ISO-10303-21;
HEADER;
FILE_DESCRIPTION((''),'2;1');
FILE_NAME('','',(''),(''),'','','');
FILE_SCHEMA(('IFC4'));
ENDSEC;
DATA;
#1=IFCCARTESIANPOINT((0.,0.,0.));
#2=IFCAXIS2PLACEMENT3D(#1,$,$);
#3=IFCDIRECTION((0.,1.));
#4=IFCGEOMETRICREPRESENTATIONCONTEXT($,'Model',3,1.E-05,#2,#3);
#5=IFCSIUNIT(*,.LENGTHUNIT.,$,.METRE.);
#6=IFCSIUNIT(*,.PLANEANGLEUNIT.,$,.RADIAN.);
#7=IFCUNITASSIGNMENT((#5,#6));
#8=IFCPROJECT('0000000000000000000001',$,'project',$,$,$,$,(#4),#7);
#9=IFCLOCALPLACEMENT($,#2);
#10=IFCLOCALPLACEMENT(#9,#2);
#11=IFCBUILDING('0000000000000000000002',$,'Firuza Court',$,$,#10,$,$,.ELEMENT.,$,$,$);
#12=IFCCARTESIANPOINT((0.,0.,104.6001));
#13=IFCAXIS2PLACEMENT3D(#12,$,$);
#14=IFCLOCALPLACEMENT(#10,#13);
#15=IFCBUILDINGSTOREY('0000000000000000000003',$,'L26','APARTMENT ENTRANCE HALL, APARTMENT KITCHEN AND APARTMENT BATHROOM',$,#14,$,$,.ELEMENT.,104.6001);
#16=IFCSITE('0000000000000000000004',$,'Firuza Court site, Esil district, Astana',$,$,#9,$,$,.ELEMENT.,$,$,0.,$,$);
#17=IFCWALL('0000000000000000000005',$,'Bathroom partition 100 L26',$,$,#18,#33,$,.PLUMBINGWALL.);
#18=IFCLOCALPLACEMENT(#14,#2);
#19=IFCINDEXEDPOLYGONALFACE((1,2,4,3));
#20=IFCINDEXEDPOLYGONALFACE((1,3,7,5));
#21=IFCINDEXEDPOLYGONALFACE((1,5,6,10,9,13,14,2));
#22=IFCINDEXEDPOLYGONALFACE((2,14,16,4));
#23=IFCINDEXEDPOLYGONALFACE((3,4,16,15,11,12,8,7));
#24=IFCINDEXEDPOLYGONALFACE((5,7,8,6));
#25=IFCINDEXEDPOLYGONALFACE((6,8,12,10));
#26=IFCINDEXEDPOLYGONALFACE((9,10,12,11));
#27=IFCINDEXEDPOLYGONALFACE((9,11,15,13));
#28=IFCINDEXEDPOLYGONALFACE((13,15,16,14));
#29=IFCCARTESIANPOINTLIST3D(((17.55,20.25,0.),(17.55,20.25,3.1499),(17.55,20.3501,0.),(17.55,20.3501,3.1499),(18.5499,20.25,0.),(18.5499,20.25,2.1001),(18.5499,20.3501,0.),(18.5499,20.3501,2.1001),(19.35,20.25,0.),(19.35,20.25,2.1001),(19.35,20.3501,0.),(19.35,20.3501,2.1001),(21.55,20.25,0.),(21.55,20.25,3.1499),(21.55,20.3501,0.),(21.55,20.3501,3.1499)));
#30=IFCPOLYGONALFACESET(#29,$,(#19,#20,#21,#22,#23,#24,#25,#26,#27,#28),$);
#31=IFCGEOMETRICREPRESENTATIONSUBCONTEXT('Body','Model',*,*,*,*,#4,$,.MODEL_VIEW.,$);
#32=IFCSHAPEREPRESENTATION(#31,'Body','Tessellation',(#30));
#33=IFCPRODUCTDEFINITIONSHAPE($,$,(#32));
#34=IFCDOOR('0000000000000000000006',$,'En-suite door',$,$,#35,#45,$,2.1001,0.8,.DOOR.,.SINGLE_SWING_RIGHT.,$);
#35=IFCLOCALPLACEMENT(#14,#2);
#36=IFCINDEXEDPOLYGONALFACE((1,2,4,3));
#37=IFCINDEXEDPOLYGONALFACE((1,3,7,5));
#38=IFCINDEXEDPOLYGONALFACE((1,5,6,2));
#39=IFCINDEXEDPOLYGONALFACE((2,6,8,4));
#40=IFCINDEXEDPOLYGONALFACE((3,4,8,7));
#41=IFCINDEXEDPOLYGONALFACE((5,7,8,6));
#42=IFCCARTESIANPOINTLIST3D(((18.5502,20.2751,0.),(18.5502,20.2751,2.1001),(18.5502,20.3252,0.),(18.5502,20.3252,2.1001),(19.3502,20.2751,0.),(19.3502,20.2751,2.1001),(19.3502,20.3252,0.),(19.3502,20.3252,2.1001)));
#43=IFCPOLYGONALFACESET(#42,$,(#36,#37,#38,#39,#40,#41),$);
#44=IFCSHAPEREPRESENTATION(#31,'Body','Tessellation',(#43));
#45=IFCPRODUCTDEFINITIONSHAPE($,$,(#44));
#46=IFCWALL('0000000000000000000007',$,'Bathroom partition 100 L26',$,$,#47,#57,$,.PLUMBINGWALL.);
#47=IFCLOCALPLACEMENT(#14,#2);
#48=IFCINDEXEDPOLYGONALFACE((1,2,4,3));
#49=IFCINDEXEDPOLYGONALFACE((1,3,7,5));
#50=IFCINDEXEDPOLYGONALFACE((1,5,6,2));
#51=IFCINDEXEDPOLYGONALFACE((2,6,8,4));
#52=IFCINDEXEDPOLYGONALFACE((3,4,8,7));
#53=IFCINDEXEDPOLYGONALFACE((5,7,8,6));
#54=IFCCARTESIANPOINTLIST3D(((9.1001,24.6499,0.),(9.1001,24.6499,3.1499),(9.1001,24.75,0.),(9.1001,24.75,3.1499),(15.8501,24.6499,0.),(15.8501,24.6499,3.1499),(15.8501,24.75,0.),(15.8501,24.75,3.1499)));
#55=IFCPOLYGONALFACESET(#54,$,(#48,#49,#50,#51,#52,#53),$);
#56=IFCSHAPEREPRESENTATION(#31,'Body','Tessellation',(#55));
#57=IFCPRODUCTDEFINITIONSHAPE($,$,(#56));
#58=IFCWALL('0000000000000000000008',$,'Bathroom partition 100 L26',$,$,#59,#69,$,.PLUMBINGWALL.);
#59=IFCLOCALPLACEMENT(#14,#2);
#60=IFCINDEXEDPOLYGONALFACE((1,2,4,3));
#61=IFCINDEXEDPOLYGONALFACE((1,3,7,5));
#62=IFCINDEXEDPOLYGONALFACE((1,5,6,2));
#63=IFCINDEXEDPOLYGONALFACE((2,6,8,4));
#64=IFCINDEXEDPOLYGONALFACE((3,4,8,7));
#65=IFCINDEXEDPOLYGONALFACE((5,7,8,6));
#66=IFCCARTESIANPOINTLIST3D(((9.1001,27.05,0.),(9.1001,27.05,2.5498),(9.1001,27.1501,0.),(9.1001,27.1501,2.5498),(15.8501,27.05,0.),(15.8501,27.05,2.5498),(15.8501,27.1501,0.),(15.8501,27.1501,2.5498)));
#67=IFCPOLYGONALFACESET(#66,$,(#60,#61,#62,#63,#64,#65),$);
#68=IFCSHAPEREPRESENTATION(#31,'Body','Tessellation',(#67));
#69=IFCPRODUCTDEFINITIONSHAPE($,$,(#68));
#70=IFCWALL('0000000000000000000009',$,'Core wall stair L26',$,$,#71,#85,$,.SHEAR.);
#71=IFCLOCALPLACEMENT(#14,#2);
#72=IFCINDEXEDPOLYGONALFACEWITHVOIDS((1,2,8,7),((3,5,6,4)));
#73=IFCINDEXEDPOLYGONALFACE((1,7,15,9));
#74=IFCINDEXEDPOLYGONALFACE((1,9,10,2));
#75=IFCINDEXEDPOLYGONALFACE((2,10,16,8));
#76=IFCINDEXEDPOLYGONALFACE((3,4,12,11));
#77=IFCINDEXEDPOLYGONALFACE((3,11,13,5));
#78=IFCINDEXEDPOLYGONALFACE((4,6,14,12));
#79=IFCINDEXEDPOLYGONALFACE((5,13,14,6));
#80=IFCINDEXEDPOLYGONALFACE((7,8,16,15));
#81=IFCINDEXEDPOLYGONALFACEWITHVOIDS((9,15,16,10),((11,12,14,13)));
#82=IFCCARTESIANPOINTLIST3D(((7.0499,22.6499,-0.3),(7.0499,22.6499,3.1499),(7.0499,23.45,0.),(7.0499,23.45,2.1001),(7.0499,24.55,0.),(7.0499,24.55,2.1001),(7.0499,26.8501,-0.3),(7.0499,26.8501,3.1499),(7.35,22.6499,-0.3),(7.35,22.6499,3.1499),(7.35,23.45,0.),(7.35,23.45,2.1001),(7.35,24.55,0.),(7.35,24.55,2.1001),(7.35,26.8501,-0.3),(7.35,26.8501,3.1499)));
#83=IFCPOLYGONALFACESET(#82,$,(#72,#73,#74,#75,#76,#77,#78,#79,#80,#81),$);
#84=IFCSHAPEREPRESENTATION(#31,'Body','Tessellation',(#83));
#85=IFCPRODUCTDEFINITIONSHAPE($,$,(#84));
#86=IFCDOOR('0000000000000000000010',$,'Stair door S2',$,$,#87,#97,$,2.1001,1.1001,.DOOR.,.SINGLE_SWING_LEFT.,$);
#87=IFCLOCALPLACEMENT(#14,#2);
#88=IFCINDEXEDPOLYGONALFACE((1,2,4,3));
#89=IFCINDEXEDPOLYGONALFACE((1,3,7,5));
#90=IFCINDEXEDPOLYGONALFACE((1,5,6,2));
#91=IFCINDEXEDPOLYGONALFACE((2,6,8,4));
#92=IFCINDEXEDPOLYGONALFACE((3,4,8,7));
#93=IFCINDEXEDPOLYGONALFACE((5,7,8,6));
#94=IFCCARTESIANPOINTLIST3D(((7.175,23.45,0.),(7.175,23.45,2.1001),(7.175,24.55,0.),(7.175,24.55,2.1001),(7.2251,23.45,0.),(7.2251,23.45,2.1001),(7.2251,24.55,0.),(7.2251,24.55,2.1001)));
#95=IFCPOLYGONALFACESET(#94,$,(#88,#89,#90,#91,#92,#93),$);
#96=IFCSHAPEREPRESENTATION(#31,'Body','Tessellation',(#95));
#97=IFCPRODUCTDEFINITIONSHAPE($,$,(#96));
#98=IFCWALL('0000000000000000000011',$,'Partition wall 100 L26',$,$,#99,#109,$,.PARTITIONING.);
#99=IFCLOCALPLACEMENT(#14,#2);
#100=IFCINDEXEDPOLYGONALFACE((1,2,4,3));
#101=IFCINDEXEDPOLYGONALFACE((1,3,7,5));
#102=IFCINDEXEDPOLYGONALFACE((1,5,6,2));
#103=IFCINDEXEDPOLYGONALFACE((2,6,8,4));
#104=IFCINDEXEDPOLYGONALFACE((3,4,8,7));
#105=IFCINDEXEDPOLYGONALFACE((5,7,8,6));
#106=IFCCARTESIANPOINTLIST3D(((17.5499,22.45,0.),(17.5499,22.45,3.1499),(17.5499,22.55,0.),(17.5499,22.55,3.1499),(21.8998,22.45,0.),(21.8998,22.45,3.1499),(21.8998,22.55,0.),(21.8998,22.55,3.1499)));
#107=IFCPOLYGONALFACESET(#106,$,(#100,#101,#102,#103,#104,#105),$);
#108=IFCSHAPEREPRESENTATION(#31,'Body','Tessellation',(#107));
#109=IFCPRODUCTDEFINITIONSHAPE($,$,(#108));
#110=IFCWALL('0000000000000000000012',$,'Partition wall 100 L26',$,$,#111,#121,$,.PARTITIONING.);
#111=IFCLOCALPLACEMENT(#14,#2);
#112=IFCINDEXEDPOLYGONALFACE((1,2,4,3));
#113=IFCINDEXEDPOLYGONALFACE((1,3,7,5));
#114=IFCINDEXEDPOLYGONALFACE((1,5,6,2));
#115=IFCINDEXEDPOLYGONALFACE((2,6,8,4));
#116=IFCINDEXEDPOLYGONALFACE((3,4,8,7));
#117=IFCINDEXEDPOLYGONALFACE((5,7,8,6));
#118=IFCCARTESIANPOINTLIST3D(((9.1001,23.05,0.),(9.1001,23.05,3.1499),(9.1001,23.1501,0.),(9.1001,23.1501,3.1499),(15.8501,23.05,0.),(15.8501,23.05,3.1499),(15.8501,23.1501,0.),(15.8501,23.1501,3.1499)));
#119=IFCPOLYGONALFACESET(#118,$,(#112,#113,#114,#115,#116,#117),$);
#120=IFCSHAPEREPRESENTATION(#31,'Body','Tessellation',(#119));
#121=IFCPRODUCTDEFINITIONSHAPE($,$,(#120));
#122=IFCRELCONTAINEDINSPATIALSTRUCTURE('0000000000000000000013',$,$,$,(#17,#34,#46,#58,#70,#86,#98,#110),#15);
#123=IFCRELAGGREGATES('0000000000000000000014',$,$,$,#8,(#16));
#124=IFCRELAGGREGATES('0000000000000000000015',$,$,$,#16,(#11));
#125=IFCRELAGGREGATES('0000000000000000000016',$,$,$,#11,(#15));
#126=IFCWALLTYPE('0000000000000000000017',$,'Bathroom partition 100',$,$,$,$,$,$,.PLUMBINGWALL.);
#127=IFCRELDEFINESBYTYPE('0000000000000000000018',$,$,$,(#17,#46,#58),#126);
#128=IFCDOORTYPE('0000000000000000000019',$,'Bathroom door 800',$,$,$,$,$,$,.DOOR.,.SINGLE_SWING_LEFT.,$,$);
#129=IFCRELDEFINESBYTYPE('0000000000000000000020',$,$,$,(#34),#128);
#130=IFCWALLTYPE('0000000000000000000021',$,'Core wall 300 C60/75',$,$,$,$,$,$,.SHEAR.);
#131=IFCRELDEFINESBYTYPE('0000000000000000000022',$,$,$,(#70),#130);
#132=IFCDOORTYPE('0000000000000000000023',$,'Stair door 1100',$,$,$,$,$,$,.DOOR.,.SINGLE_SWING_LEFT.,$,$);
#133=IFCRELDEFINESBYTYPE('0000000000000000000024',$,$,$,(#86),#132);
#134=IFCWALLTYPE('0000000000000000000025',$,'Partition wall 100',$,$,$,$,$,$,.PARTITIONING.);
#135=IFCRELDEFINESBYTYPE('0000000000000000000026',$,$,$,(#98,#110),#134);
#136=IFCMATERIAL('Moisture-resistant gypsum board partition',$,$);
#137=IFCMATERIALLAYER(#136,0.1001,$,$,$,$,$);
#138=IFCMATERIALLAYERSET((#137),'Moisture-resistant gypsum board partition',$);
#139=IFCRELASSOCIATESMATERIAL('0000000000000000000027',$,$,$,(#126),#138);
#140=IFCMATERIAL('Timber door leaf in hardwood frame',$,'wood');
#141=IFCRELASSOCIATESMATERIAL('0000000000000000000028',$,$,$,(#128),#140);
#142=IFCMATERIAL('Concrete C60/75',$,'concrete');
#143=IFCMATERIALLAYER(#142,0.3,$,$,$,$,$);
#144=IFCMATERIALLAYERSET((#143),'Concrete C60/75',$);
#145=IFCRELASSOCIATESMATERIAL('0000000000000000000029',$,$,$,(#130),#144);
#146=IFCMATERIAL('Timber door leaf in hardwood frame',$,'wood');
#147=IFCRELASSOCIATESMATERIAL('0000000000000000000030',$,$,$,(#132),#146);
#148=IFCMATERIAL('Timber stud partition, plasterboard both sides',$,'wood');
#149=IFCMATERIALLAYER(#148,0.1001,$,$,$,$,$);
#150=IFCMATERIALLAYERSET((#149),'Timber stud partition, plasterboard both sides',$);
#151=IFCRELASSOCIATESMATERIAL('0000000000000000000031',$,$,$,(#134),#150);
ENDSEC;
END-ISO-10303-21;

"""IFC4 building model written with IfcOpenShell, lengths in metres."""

from ifc_helpers import new_model, si_unit, direction, frame, frame_2d, origin, place, context, subcontext, project, spatial, rectangle, extrude, material, layer, layer_set, type_object, element, fill, save


model = new_model("IFC4")

# Units and contexts
model_context = context("Model", 3, precision=1e-05, world=origin(), true_north=direction((0.0, 1.0)))
body_context = subcontext(model_context, "Body", "Model", "MODEL_VIEW")
ifc_project = project(units=[si_unit("LENGTHUNIT", "METRE"), si_unit("PLANEANGLEUNIT", "RADIAN")], contexts=[model_context])

# Site, building, storey
site_placement = place(None, origin())
site = spatial("IfcSite", under=ifc_project, at=site_placement, Name="Firuza Court site, Esil district, Astana", CompositionType="ELEMENT", RefElevation=0.0)
building_placement = place(site_placement, origin())
building = spatial("IfcBuilding", under=site, at=building_placement, Name="Firuza Court", CompositionType="ELEMENT")
storey_placement = place(building_placement, frame((0.0, 0.0, 104.6001)))
storey = spatial("IfcBuildingStorey", under=building, at=storey_placement, Name="L26", Description="APARTMENT ENTRANCE HALL, APARTMENT KITCHEN AND APARTMENT BATHROOM", CompositionType="ELEMENT", Elevation=104.6001)

# Wall, opening, door
ifc_material_1 = material(Name="Moisture-resistant gypsum board partition")
ifc_layer_1 = layer(ifc_material_1, 0.1001)
ifc_layer_set_1 = layer_set([ifc_layer_1], Name="Moisture-resistant gypsum board partition")
wall_type_1 = type_object("IfcWallType", Name="Bathroom partition 100", PredefinedType="PLUMBINGWALL", material=ifc_layer_set_1)
wall_1_placement = place(storey_placement, frame((17.55, 20.3, 0.0), z_axis=(0.0, 0.0, 1.0), x_axis=(1.0, 0.0, 0.0)))
wall_1 = element("IfcWall", 1, at=wall_1_placement, inside=storey, type_object=wall_type_1, Name="Bathroom partition 100 L26", PredefinedType="PLUMBINGWALL", context=body_context, shape_type="SweptSolid", body=[
    extrude(rectangle(XDim=4.0, YDim=0.1001, at=frame_2d((2.0, 0.0))), origin(), (0.0, 0.0, 1.0), 3.1499),
])
opening_1_placement = place(wall_1_placement, frame((1.0, 0.0, 0.0)))
opening_1 = element("IfcOpeningElement", 2, at=opening_1_placement, cuts=wall_1, PredefinedType="OPENING", context=body_context, shape_type="SweptSolid", body=[
    extrude(rectangle(XDim=0.8, YDim=2.1001, at=frame_2d((0.3999, 1.05))), frame((0.0, 0.062, 0.0), z_axis=(0.0, -1.0, 0.0), x_axis=(1.0, 0.0, 0.0)), (0.0, 0.0, 1.0), 0.124),
])
ifc_material_2 = material(Name="Timber door leaf in hardwood frame", Category="wood")
door_type_1 = type_object("IfcDoorType", Name="Bathroom door 800", OperationType="SINGLE_SWING_LEFT", PredefinedType="DOOR", material=ifc_material_2)
door_1_placement = place(opening_1_placement, frame((0.8, 0.0, 0.0), z_axis=(0.0, 0.0, 1.0), x_axis=(-1.0, 0.0, 0.0)))
door_1 = element("IfcDoor", 3, at=door_1_placement, inside=storey, type_object=door_type_1, Name="En-suite door", OperationType="SINGLE_SWING_RIGHT", OverallHeight=2.1001, OverallWidth=0.8, PredefinedType="DOOR", context=body_context, shape_type="SweptSolid", body=[
    extrude(rectangle(XDim=0.8, YDim=2.1001, at=frame_2d((0.3999, 1.05))), frame((0.0, 0.0249, 0.0), z_axis=(0.0, -1.0, 0.0), x_axis=(1.0, 0.0, 0.0)), (0.0, 0.0, 1.0), 0.05),
])
fill(opening_1, door_1)

# Walls
wall_2_placement = place(storey_placement, frame((9.1001, 24.7, 0.0), z_axis=(0.0, 0.0, 1.0), x_axis=(1.0, 0.0, 0.0)))
element("IfcWall", 4, at=wall_2_placement, inside=storey, type_object=wall_type_1, Name="Bathroom partition 100 L26", PredefinedType="PLUMBINGWALL", context=body_context, shape_type="SweptSolid", body=[
    extrude(rectangle(XDim=6.75, YDim=0.1001, at=frame_2d((3.375, 0.0))), origin(), (0.0, 0.0, 1.0), 3.1499),
])
wall_3_placement = place(storey_placement, frame((9.1001, 27.1001, 0.0), z_axis=(0.0, 0.0, 1.0), x_axis=(1.0, 0.0, 0.0)))
element("IfcWall", 5, at=wall_3_placement, inside=storey, type_object=wall_type_1, Name="Bathroom partition 100 L26", PredefinedType="PLUMBINGWALL", context=body_context, shape_type="SweptSolid", body=[
    extrude(rectangle(XDim=6.75, YDim=0.1001, at=frame_2d((3.375, 0.0))), origin(), (0.0, 0.0, 1.0), 2.5498),
])

# Wall, opening, door
ifc_material_3 = material(Name="Concrete C60/75", Category="concrete")
ifc_layer_2 = layer(ifc_material_3, 0.3)
ifc_layer_set_2 = layer_set([ifc_layer_2], Name="Concrete C60/75")
wall_type_2 = type_object("IfcWallType", Name="Core wall 300 C60/75", PredefinedType="SHEAR", material=ifc_layer_set_2)
wall_4_placement = place(storey_placement, frame((7.2, 22.6499, -0.3), z_axis=(0.0, 0.0, 1.0), x_axis=(0.0, 1.0, 0.0)))
wall_4 = element("IfcWall", 6, at=wall_4_placement, inside=storey, type_object=wall_type_2, Name="Core wall stair L26", PredefinedType="SHEAR", context=body_context, shape_type="SweptSolid", body=[
    extrude(rectangle(XDim=4.2002, YDim=0.3, at=frame_2d((2.1001, 0.0))), origin(), (0.0, 0.0, 1.0), 3.45),
])
opening_2_placement = place(wall_4_placement, frame((0.8, 0.0, 0.3)))
opening_2 = element("IfcOpeningElement", 7, at=opening_2_placement, cuts=wall_4, PredefinedType="OPENING", context=body_context, shape_type="SweptSolid", body=[
    extrude(rectangle(XDim=1.1001, YDim=2.1001, at=frame_2d((0.55, 1.05))), frame((0.0, 0.1621, 0.0), z_axis=(0.0, -1.0, 0.0), x_axis=(1.0, 0.0, 0.0)), (0.0, 0.0, 1.0), 0.324),
])
ifc_material_4 = material(Name="Timber door leaf in hardwood frame", Category="wood")
door_type_2 = type_object("IfcDoorType", Name="Stair door 1100", OperationType="SINGLE_SWING_LEFT", PredefinedType="DOOR", material=ifc_material_4)
door_2_placement = place(opening_2_placement, origin())
door_2 = element("IfcDoor", 8, at=door_2_placement, inside=storey, type_object=door_type_2, Name="Stair door S2", OperationType="SINGLE_SWING_LEFT", OverallHeight=2.1001, OverallWidth=1.1001, PredefinedType="DOOR", context=body_context, shape_type="SweptSolid", body=[
    extrude(rectangle(XDim=1.1001, YDim=2.1001, at=frame_2d((0.55, 1.05))), frame((0.0, 0.0249, 0.0), z_axis=(0.0, -1.0, 0.0), x_axis=(1.0, 0.0, 0.0)), (0.0, 0.0, 1.0), 0.05),
])
fill(opening_2, door_2)

# Walls
ifc_material_5 = material(Name="Timber stud partition, plasterboard both sides", Category="wood")
ifc_layer_3 = layer(ifc_material_5, 0.1001)
ifc_layer_set_3 = layer_set([ifc_layer_3], Name="Timber stud partition, plasterboard both sides")
wall_type_3 = type_object("IfcWallType", Name="Partition wall 100", PredefinedType="PARTITIONING", material=ifc_layer_set_3)
wall_5_placement = place(storey_placement, frame((17.55, 22.5, 0.0), z_axis=(0.0, 0.0, 1.0), x_axis=(1.0, 0.0, 0.0)))
element("IfcWall", 9, at=wall_5_placement, inside=storey, type_object=wall_type_3, Name="Partition wall 100 L26", PredefinedType="PARTITIONING", context=body_context, shape_type="SweptSolid", body=[
    extrude(rectangle(XDim=4.3499, YDim=0.1001, at=frame_2d((2.1748, 0.0))), origin(), (0.0, 0.0, 1.0), 3.1499),
])
wall_6_placement = place(storey_placement, frame((9.1001, 23.1001, 0.0), z_axis=(0.0, 0.0, 1.0), x_axis=(1.0, 0.0, 0.0)))
element("IfcWall", 10, at=wall_6_placement, inside=storey, type_object=wall_type_3, Name="Partition wall 100 L26", PredefinedType="PARTITIONING", context=body_context, shape_type="SweptSolid", body=[
    extrude(rectangle(XDim=6.75, YDim=0.1001, at=frame_2d((3.375, 0.0))), origin(), (0.0, 0.0, 1.0), 3.1499),
])

save(model, "model.ifc")
